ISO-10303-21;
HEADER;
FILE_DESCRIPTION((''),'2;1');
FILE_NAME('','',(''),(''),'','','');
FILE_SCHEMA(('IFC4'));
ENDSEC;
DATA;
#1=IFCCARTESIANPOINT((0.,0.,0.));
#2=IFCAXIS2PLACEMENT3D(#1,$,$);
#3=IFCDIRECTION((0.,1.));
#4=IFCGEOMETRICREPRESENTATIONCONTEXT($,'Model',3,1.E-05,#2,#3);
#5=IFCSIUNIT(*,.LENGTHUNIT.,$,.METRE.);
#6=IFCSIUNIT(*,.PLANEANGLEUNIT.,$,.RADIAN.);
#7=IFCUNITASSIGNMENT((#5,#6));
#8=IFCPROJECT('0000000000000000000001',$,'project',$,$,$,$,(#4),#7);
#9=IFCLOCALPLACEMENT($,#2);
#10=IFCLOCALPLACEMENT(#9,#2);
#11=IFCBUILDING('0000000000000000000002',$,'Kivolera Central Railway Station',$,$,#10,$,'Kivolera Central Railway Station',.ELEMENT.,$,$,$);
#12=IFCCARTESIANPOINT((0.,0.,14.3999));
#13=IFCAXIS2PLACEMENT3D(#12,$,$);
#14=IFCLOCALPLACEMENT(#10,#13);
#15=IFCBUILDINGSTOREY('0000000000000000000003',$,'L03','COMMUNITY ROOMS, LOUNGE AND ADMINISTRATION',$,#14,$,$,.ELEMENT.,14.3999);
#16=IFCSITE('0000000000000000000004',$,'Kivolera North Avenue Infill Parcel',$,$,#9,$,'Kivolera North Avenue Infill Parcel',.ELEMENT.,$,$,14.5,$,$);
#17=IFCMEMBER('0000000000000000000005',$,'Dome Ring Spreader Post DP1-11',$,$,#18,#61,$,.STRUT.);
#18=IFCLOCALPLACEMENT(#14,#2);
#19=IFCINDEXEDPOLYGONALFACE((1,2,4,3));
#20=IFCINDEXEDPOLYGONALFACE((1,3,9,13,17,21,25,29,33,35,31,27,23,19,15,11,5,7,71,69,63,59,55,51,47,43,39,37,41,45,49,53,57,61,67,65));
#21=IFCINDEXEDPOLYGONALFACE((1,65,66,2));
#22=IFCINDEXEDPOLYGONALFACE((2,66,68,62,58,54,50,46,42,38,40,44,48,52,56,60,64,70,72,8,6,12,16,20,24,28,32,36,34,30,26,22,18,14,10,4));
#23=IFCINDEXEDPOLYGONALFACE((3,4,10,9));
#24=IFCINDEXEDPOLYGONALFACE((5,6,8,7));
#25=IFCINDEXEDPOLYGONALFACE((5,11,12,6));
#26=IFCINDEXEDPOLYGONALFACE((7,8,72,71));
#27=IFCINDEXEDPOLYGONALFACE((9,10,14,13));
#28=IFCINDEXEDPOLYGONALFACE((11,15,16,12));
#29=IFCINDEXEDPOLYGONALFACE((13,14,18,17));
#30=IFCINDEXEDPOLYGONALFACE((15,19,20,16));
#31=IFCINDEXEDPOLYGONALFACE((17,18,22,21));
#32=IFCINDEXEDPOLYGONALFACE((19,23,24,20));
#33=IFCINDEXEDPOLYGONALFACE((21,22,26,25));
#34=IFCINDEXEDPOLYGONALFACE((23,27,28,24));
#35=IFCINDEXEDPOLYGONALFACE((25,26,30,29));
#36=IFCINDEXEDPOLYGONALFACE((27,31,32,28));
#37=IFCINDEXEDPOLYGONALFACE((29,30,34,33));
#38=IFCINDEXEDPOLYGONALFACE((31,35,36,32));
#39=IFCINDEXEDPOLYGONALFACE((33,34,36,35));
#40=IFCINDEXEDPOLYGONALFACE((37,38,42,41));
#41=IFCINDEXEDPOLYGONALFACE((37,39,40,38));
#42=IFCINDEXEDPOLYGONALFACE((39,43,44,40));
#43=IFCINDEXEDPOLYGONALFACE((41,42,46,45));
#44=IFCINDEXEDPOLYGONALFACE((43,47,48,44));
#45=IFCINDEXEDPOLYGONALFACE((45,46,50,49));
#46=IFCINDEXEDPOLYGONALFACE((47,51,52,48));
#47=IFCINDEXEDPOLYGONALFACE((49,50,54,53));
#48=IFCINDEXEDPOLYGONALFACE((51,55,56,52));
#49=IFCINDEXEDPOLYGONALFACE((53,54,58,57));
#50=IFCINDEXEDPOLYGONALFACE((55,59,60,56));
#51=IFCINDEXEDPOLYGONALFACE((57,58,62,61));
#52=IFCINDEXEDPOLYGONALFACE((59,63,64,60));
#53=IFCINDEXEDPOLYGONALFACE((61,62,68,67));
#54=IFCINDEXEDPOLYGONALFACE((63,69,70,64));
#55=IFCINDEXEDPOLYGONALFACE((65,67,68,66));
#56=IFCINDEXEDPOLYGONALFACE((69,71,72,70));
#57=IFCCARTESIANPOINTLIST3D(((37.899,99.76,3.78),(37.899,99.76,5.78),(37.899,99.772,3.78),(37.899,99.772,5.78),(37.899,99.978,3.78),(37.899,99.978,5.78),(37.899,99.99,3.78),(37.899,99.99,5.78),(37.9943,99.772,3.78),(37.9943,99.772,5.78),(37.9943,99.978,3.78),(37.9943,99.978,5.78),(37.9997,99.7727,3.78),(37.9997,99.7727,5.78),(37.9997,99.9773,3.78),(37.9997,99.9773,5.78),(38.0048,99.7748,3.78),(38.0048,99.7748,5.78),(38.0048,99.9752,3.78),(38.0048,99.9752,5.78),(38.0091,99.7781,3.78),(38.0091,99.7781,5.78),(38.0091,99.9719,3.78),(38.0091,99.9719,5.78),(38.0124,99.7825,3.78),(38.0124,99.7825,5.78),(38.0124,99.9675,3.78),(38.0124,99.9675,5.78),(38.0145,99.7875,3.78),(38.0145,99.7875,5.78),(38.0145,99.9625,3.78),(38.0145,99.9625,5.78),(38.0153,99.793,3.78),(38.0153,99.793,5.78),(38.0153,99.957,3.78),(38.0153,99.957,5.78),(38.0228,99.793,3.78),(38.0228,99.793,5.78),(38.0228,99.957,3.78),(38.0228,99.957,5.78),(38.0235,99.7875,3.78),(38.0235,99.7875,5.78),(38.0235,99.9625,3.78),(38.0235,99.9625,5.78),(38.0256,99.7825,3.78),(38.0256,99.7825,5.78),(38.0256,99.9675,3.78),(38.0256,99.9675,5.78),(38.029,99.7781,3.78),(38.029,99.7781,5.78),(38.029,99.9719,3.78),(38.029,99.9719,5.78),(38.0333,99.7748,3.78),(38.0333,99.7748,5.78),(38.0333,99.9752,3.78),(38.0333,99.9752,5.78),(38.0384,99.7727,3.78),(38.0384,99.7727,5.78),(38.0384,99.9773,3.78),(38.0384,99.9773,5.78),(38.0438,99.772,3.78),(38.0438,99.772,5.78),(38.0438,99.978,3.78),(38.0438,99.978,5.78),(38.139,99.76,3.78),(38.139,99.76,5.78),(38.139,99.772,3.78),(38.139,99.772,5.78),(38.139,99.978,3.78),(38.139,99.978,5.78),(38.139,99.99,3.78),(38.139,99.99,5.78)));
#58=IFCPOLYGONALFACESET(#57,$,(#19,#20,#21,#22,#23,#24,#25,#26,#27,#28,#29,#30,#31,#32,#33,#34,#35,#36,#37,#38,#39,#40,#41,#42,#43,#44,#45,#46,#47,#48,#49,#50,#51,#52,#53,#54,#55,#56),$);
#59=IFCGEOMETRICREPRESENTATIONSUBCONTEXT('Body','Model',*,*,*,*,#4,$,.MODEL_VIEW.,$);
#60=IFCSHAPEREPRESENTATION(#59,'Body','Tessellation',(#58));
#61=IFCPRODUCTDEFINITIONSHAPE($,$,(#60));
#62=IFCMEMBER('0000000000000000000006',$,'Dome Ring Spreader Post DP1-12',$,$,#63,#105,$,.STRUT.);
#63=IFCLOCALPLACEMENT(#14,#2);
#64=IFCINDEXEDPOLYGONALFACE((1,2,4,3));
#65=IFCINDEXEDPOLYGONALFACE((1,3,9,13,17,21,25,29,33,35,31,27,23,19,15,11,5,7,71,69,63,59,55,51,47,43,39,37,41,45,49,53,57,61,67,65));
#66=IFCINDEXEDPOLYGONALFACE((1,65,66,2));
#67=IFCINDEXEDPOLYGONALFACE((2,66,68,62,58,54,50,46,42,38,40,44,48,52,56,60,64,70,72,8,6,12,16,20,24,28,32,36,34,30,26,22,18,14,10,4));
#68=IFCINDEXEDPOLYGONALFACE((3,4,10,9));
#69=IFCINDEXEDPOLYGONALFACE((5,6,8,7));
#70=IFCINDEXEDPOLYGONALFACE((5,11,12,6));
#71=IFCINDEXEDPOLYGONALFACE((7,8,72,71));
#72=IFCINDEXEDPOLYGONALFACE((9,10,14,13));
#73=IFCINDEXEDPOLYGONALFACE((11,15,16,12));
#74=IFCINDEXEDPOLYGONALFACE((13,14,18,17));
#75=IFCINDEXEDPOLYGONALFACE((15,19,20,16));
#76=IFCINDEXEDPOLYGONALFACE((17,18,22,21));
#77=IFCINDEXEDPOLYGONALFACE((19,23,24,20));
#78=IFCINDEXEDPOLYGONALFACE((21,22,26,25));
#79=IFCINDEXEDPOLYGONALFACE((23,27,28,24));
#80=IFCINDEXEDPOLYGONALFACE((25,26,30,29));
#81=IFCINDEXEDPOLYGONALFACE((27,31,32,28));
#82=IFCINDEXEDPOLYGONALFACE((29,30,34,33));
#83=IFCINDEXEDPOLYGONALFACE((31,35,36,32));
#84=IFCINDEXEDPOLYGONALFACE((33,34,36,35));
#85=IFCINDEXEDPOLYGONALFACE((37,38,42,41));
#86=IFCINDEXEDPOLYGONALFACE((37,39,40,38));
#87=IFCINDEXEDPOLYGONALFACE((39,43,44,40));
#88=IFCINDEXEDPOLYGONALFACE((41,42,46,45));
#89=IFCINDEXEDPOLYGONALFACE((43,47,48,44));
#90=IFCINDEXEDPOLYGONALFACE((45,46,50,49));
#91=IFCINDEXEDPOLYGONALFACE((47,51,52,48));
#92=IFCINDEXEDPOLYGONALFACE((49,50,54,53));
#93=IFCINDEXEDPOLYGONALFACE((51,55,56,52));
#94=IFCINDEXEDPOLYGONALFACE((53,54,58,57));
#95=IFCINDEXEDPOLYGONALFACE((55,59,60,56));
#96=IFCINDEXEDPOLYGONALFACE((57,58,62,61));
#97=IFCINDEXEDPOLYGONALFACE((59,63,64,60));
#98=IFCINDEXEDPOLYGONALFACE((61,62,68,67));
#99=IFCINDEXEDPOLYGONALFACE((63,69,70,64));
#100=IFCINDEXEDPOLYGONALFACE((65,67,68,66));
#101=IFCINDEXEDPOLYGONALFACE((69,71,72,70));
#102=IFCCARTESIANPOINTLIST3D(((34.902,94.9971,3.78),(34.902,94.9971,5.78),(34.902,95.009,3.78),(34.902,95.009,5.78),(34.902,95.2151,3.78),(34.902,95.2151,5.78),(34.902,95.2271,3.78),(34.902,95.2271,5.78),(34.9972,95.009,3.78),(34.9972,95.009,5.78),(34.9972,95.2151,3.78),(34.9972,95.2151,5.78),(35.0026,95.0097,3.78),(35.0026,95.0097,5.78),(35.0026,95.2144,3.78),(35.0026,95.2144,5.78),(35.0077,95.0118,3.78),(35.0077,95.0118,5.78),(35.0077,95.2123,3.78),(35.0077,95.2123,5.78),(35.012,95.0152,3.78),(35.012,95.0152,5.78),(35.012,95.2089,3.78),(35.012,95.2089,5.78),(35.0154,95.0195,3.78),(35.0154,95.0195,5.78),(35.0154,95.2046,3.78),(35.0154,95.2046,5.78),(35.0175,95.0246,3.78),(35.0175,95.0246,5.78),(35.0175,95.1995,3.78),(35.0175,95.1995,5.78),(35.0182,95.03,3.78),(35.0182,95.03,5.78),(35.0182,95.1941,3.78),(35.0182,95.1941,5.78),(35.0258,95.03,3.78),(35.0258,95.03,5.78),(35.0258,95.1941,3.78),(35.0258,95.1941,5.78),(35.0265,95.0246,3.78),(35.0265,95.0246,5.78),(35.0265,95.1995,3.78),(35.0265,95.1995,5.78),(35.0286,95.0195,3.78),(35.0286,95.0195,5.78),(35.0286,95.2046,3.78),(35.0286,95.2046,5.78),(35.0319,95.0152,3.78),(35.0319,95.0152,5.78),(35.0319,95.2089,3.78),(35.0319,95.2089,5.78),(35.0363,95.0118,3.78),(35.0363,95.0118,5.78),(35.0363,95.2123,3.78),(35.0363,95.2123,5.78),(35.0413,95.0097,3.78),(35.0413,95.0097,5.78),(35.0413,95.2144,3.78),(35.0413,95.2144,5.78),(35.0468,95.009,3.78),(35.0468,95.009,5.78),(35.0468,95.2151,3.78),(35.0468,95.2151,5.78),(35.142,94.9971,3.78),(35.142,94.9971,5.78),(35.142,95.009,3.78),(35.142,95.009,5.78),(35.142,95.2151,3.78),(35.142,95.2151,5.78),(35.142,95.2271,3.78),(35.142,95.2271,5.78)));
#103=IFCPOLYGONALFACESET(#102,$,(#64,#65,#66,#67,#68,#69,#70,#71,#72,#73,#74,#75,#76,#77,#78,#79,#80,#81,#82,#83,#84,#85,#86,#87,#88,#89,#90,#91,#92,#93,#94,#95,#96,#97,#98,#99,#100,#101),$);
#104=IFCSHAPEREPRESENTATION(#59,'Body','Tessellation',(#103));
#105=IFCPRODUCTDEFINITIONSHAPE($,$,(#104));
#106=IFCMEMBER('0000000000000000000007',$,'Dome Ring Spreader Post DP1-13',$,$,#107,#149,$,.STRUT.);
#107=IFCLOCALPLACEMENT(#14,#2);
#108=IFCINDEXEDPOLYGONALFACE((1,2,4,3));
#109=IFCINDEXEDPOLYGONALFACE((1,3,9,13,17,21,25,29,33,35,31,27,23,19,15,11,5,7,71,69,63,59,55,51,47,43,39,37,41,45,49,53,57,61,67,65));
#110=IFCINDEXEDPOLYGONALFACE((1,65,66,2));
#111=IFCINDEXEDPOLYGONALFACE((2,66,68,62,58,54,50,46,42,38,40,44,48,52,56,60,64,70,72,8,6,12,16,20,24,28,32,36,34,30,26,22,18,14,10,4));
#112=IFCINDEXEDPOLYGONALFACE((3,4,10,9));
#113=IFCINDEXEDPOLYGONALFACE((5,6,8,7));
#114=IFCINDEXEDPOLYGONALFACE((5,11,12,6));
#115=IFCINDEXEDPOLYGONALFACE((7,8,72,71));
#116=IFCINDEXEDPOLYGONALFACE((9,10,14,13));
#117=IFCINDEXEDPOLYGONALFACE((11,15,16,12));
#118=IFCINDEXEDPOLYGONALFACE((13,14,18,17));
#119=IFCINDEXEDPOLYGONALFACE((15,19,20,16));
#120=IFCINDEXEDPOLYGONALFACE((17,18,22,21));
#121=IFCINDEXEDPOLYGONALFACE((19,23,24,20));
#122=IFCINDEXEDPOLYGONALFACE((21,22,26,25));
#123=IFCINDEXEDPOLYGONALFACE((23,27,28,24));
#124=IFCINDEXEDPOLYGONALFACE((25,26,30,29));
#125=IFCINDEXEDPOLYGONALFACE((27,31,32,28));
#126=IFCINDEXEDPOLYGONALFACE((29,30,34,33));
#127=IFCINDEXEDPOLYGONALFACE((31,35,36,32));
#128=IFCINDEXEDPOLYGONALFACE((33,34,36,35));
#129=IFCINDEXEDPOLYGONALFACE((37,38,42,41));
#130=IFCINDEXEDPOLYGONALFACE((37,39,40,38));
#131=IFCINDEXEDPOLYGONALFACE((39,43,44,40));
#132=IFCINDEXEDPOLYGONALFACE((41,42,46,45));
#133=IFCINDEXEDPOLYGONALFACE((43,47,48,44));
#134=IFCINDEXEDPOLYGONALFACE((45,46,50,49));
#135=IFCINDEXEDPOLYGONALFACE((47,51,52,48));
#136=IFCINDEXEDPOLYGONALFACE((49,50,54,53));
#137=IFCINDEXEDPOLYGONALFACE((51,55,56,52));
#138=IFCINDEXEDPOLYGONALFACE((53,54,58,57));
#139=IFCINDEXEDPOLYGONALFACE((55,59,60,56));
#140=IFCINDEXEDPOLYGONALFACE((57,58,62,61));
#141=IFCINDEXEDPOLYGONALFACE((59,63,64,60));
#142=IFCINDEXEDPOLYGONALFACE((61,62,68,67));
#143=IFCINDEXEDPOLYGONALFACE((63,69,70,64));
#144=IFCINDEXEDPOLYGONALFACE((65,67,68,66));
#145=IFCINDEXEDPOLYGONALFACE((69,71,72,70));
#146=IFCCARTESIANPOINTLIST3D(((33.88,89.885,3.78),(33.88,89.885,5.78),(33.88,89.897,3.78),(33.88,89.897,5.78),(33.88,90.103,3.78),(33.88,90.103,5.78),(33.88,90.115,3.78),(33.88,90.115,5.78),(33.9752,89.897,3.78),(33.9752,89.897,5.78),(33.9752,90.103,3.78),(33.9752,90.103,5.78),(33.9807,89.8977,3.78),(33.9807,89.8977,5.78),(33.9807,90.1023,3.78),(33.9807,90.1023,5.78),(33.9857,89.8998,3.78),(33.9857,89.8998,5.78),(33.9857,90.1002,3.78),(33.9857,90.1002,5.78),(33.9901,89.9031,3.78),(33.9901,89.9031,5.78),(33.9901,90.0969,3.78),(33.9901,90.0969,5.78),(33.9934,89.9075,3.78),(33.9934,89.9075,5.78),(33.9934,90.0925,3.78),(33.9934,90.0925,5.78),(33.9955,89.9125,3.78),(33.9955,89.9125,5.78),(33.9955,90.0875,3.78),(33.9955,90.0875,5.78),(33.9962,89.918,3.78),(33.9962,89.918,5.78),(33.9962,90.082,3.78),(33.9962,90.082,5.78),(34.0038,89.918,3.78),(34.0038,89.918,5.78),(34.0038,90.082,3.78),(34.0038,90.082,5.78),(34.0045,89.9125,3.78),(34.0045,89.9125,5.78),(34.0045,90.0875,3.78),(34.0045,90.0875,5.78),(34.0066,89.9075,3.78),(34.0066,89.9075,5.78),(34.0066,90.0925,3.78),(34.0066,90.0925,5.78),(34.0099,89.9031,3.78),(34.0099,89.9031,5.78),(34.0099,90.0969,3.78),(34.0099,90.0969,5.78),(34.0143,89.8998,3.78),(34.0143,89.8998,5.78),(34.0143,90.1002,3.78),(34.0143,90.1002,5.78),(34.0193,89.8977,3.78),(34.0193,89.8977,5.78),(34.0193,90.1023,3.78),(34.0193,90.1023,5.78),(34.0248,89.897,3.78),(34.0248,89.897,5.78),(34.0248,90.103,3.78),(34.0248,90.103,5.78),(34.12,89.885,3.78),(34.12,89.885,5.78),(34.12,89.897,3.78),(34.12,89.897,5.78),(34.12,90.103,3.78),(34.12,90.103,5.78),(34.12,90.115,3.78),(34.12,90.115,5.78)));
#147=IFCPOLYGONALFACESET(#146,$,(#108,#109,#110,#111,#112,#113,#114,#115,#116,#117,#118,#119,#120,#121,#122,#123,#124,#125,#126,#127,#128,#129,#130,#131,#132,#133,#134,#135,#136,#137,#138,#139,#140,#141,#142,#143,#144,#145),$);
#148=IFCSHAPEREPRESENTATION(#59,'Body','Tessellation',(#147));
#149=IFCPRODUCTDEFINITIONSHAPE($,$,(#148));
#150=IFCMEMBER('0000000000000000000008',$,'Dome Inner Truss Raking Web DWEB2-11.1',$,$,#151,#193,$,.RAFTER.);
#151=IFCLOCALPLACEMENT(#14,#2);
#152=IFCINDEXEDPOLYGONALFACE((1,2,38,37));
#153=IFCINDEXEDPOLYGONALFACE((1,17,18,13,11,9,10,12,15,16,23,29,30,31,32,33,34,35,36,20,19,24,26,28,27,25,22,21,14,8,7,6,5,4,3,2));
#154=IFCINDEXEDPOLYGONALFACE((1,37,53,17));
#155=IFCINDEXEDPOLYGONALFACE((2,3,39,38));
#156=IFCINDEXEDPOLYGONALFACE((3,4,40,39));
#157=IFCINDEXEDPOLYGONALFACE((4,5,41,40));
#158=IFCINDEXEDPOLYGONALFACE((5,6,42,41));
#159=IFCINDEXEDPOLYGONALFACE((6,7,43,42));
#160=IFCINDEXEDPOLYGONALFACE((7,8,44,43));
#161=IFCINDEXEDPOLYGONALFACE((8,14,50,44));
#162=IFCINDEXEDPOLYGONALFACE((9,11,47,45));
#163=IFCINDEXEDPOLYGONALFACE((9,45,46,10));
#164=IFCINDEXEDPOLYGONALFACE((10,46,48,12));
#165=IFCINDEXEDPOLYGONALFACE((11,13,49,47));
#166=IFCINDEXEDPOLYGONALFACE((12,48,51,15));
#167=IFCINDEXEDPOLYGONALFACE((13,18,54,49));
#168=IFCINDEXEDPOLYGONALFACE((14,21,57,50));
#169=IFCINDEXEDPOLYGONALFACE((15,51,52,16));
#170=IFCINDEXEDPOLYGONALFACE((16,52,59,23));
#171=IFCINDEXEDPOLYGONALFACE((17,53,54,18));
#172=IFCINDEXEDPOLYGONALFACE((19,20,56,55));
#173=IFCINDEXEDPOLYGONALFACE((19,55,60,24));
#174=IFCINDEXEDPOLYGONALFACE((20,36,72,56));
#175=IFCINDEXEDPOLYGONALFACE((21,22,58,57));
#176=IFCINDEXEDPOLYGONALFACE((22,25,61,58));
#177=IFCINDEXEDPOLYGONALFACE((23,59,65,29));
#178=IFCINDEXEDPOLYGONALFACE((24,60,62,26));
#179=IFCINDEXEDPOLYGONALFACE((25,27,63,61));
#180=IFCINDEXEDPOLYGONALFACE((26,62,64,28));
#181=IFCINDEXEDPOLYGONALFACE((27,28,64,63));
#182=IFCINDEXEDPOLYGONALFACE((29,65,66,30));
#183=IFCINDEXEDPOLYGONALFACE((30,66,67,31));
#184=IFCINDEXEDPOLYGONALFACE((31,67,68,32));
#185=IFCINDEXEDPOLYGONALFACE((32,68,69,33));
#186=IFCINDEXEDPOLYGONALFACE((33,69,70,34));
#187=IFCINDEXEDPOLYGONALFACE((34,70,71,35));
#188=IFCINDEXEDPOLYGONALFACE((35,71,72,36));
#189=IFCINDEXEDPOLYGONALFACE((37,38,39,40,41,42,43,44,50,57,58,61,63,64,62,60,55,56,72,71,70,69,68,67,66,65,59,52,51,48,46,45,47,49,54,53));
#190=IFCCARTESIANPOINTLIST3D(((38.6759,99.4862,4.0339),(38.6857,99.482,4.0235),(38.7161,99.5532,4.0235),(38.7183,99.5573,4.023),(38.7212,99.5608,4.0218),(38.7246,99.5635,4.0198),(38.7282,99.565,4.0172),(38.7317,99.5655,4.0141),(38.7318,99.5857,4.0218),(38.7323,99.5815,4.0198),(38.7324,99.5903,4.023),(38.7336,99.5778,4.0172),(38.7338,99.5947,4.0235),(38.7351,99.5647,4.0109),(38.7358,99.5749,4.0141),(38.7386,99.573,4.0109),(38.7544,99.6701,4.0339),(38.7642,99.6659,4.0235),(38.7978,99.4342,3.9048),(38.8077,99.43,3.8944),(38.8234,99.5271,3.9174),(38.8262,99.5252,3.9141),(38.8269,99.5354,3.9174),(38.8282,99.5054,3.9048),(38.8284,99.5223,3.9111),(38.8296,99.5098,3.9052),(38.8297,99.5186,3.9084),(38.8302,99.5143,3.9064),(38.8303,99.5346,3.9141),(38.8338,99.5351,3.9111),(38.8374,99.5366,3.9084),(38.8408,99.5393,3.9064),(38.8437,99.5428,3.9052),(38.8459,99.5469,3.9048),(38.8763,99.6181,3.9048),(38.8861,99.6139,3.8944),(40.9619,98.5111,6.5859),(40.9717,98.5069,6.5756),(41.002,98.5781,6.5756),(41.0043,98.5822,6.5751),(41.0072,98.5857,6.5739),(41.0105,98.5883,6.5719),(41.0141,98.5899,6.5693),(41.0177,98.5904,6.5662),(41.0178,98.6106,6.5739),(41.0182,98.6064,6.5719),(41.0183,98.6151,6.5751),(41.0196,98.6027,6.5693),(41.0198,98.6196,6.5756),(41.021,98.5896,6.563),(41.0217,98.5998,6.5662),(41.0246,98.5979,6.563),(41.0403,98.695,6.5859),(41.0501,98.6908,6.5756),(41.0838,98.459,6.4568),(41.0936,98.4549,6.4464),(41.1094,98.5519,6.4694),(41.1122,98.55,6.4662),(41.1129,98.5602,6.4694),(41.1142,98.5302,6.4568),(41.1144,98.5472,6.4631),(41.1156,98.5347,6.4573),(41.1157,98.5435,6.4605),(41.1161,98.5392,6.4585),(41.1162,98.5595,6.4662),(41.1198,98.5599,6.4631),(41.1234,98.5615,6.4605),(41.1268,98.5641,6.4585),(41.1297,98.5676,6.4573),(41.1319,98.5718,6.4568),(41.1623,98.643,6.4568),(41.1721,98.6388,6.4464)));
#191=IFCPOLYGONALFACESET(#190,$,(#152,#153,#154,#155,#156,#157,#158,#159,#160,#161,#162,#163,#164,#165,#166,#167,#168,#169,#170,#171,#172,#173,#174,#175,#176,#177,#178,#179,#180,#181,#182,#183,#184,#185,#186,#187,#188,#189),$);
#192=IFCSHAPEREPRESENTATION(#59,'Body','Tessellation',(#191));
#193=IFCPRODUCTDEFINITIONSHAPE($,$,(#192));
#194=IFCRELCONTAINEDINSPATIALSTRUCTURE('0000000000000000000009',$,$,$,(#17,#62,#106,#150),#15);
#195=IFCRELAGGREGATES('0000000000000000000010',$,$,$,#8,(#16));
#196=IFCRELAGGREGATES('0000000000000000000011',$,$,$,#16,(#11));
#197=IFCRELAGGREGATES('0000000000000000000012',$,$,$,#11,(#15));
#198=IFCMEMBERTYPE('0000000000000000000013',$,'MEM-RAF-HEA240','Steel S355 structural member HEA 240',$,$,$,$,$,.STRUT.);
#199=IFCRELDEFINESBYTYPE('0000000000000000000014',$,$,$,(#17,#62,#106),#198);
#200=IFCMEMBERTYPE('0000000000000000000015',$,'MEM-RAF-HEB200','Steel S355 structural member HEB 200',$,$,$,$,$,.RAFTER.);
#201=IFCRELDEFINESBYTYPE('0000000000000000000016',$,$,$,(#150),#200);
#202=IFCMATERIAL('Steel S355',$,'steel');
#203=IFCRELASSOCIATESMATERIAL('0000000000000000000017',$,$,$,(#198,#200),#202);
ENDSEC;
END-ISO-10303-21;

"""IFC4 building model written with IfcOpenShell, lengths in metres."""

from ifc_helpers import new_model, si_unit, direction, frame, origin, origin_2d, place, context, subcontext, project, spatial, i_section, extrude, material, material_profile, profile_set, type_object, element, save


model = new_model("IFC4")

# Units and contexts
model_context = context("Model", 3, precision=1e-05, world=origin(), true_north=direction((0.0, 1.0)))
body_context = subcontext(model_context, "Body", "Model", "MODEL_VIEW")
ifc_project = project(units=[si_unit("LENGTHUNIT", "METRE"), si_unit("PLANEANGLEUNIT", "RADIAN")], contexts=[model_context])

# Site, building, storey
site_placement = place(None, origin())
site = spatial("IfcSite", under=ifc_project, at=site_placement, Name="Kivolera North Avenue Infill Parcel", LongName="Kivolera North Avenue Infill Parcel", CompositionType="ELEMENT", RefElevation=14.5)
building_placement = place(site_placement, origin())
building = spatial("IfcBuilding", under=site, at=building_placement, Name="Kivolera Central Railway Station", LongName="Kivolera Central Railway Station", CompositionType="ELEMENT")
storey_placement = place(building_placement, frame((0.0, 0.0, 14.3999)))
storey = spatial("IfcBuildingStorey", under=building, at=storey_placement, Name="L03", Description="COMMUNITY ROOMS, LOUNGE AND ADMINISTRATION", CompositionType="ELEMENT", Elevation=14.3999)

# Shared definitions
ifc_material_1 = material(Name="Steel S355", Category="steel")

# Members
ifc_material_profile_1 = material_profile(ifc_material_1, i_section(OverallWidth=0.24, OverallDepth=0.23, WebThickness=0.0076, FlangeThickness=0.012, FilletRadius=0.021, at=origin_2d()), Name="HEA 240")
ifc_profile_set_1 = profile_set([ifc_material_profile_1], Name="Steel S355")
member_type_1 = type_object("IfcMemberType", Name="MEM-RAF-HEA240", Description="Steel S355 structural member HEA 240", PredefinedType="STRUT", material=ifc_profile_set_1)
for number, where, z_axis, x_axis, name in (
    (1, (38.019, 99.875, 3.78), (0.0, 0.0, 1.0), (1.0, 0.0, 0.0), "Dome Ring Spreader Post DP1-11"),
    (2, (35.022, 95.1121, 3.78), (0.0, 0.0, 1.0), (1.0, 0.0, 0.0), "Dome Ring Spreader Post DP1-12"),
    (3, (34.0, 90.0, 3.78), (0.0, 0.0, 1.0), (1.0, 0.0, 0.0), "Dome Ring Spreader Post DP1-13"),
):
    element("IfcMember", number, at=place(storey_placement, frame(where, z_axis=z_axis, x_axis=x_axis)), inside=storey, type_object=member_type_1, Name=name, PredefinedType="STRUT", context=body_context, shape_type="SweptSolid", body=[
        extrude(i_section(OverallWidth=0.24, OverallDepth=0.23, WebThickness=0.0076, FlangeThickness=0.012, FilletRadius=0.021, at=origin_2d()), origin(), (0.0, 0.0, 1.0), 2.0),
    ])
ifc_material_profile_2 = material_profile(ifc_material_1, i_section(OverallWidth=0.2, OverallDepth=0.2, WebThickness=0.009, FlangeThickness=0.0149, FilletRadius=0.0181, at=origin_2d()), Name="HEB 200")
ifc_profile_set_2 = profile_set([ifc_material_profile_2], Name="Steel S355")
member_type_2 = type_object("IfcMemberType", Name="MEM-RAF-HEB200", Description="Steel S355 structural member HEB 200", PredefinedType="RAFTER", material=ifc_profile_set_2)
member_1_placement = place(storey_placement, frame((38.781, 99.55, 3.9641), z_axis=(0.641718, -0.27374, 0.716425), x_axis=(0.392366, 0.919809, 0.0)))
element("IfcMember", 4, at=member_1_placement, inside=storey, type_object=member_type_2, Name="Dome Inner Truss Raking Web DWEB2-11.1", PredefinedType="RAFTER", context=body_context, shape_type="SweptSolid", body=[
    extrude(i_section(OverallWidth=0.2, OverallDepth=0.2, WebThickness=0.009, FlangeThickness=0.0149, FilletRadius=0.0181, at=origin_2d()), origin(), (0.0, 0.0, 1.0), 3.5623),
])

save(model, "model.ifc")
